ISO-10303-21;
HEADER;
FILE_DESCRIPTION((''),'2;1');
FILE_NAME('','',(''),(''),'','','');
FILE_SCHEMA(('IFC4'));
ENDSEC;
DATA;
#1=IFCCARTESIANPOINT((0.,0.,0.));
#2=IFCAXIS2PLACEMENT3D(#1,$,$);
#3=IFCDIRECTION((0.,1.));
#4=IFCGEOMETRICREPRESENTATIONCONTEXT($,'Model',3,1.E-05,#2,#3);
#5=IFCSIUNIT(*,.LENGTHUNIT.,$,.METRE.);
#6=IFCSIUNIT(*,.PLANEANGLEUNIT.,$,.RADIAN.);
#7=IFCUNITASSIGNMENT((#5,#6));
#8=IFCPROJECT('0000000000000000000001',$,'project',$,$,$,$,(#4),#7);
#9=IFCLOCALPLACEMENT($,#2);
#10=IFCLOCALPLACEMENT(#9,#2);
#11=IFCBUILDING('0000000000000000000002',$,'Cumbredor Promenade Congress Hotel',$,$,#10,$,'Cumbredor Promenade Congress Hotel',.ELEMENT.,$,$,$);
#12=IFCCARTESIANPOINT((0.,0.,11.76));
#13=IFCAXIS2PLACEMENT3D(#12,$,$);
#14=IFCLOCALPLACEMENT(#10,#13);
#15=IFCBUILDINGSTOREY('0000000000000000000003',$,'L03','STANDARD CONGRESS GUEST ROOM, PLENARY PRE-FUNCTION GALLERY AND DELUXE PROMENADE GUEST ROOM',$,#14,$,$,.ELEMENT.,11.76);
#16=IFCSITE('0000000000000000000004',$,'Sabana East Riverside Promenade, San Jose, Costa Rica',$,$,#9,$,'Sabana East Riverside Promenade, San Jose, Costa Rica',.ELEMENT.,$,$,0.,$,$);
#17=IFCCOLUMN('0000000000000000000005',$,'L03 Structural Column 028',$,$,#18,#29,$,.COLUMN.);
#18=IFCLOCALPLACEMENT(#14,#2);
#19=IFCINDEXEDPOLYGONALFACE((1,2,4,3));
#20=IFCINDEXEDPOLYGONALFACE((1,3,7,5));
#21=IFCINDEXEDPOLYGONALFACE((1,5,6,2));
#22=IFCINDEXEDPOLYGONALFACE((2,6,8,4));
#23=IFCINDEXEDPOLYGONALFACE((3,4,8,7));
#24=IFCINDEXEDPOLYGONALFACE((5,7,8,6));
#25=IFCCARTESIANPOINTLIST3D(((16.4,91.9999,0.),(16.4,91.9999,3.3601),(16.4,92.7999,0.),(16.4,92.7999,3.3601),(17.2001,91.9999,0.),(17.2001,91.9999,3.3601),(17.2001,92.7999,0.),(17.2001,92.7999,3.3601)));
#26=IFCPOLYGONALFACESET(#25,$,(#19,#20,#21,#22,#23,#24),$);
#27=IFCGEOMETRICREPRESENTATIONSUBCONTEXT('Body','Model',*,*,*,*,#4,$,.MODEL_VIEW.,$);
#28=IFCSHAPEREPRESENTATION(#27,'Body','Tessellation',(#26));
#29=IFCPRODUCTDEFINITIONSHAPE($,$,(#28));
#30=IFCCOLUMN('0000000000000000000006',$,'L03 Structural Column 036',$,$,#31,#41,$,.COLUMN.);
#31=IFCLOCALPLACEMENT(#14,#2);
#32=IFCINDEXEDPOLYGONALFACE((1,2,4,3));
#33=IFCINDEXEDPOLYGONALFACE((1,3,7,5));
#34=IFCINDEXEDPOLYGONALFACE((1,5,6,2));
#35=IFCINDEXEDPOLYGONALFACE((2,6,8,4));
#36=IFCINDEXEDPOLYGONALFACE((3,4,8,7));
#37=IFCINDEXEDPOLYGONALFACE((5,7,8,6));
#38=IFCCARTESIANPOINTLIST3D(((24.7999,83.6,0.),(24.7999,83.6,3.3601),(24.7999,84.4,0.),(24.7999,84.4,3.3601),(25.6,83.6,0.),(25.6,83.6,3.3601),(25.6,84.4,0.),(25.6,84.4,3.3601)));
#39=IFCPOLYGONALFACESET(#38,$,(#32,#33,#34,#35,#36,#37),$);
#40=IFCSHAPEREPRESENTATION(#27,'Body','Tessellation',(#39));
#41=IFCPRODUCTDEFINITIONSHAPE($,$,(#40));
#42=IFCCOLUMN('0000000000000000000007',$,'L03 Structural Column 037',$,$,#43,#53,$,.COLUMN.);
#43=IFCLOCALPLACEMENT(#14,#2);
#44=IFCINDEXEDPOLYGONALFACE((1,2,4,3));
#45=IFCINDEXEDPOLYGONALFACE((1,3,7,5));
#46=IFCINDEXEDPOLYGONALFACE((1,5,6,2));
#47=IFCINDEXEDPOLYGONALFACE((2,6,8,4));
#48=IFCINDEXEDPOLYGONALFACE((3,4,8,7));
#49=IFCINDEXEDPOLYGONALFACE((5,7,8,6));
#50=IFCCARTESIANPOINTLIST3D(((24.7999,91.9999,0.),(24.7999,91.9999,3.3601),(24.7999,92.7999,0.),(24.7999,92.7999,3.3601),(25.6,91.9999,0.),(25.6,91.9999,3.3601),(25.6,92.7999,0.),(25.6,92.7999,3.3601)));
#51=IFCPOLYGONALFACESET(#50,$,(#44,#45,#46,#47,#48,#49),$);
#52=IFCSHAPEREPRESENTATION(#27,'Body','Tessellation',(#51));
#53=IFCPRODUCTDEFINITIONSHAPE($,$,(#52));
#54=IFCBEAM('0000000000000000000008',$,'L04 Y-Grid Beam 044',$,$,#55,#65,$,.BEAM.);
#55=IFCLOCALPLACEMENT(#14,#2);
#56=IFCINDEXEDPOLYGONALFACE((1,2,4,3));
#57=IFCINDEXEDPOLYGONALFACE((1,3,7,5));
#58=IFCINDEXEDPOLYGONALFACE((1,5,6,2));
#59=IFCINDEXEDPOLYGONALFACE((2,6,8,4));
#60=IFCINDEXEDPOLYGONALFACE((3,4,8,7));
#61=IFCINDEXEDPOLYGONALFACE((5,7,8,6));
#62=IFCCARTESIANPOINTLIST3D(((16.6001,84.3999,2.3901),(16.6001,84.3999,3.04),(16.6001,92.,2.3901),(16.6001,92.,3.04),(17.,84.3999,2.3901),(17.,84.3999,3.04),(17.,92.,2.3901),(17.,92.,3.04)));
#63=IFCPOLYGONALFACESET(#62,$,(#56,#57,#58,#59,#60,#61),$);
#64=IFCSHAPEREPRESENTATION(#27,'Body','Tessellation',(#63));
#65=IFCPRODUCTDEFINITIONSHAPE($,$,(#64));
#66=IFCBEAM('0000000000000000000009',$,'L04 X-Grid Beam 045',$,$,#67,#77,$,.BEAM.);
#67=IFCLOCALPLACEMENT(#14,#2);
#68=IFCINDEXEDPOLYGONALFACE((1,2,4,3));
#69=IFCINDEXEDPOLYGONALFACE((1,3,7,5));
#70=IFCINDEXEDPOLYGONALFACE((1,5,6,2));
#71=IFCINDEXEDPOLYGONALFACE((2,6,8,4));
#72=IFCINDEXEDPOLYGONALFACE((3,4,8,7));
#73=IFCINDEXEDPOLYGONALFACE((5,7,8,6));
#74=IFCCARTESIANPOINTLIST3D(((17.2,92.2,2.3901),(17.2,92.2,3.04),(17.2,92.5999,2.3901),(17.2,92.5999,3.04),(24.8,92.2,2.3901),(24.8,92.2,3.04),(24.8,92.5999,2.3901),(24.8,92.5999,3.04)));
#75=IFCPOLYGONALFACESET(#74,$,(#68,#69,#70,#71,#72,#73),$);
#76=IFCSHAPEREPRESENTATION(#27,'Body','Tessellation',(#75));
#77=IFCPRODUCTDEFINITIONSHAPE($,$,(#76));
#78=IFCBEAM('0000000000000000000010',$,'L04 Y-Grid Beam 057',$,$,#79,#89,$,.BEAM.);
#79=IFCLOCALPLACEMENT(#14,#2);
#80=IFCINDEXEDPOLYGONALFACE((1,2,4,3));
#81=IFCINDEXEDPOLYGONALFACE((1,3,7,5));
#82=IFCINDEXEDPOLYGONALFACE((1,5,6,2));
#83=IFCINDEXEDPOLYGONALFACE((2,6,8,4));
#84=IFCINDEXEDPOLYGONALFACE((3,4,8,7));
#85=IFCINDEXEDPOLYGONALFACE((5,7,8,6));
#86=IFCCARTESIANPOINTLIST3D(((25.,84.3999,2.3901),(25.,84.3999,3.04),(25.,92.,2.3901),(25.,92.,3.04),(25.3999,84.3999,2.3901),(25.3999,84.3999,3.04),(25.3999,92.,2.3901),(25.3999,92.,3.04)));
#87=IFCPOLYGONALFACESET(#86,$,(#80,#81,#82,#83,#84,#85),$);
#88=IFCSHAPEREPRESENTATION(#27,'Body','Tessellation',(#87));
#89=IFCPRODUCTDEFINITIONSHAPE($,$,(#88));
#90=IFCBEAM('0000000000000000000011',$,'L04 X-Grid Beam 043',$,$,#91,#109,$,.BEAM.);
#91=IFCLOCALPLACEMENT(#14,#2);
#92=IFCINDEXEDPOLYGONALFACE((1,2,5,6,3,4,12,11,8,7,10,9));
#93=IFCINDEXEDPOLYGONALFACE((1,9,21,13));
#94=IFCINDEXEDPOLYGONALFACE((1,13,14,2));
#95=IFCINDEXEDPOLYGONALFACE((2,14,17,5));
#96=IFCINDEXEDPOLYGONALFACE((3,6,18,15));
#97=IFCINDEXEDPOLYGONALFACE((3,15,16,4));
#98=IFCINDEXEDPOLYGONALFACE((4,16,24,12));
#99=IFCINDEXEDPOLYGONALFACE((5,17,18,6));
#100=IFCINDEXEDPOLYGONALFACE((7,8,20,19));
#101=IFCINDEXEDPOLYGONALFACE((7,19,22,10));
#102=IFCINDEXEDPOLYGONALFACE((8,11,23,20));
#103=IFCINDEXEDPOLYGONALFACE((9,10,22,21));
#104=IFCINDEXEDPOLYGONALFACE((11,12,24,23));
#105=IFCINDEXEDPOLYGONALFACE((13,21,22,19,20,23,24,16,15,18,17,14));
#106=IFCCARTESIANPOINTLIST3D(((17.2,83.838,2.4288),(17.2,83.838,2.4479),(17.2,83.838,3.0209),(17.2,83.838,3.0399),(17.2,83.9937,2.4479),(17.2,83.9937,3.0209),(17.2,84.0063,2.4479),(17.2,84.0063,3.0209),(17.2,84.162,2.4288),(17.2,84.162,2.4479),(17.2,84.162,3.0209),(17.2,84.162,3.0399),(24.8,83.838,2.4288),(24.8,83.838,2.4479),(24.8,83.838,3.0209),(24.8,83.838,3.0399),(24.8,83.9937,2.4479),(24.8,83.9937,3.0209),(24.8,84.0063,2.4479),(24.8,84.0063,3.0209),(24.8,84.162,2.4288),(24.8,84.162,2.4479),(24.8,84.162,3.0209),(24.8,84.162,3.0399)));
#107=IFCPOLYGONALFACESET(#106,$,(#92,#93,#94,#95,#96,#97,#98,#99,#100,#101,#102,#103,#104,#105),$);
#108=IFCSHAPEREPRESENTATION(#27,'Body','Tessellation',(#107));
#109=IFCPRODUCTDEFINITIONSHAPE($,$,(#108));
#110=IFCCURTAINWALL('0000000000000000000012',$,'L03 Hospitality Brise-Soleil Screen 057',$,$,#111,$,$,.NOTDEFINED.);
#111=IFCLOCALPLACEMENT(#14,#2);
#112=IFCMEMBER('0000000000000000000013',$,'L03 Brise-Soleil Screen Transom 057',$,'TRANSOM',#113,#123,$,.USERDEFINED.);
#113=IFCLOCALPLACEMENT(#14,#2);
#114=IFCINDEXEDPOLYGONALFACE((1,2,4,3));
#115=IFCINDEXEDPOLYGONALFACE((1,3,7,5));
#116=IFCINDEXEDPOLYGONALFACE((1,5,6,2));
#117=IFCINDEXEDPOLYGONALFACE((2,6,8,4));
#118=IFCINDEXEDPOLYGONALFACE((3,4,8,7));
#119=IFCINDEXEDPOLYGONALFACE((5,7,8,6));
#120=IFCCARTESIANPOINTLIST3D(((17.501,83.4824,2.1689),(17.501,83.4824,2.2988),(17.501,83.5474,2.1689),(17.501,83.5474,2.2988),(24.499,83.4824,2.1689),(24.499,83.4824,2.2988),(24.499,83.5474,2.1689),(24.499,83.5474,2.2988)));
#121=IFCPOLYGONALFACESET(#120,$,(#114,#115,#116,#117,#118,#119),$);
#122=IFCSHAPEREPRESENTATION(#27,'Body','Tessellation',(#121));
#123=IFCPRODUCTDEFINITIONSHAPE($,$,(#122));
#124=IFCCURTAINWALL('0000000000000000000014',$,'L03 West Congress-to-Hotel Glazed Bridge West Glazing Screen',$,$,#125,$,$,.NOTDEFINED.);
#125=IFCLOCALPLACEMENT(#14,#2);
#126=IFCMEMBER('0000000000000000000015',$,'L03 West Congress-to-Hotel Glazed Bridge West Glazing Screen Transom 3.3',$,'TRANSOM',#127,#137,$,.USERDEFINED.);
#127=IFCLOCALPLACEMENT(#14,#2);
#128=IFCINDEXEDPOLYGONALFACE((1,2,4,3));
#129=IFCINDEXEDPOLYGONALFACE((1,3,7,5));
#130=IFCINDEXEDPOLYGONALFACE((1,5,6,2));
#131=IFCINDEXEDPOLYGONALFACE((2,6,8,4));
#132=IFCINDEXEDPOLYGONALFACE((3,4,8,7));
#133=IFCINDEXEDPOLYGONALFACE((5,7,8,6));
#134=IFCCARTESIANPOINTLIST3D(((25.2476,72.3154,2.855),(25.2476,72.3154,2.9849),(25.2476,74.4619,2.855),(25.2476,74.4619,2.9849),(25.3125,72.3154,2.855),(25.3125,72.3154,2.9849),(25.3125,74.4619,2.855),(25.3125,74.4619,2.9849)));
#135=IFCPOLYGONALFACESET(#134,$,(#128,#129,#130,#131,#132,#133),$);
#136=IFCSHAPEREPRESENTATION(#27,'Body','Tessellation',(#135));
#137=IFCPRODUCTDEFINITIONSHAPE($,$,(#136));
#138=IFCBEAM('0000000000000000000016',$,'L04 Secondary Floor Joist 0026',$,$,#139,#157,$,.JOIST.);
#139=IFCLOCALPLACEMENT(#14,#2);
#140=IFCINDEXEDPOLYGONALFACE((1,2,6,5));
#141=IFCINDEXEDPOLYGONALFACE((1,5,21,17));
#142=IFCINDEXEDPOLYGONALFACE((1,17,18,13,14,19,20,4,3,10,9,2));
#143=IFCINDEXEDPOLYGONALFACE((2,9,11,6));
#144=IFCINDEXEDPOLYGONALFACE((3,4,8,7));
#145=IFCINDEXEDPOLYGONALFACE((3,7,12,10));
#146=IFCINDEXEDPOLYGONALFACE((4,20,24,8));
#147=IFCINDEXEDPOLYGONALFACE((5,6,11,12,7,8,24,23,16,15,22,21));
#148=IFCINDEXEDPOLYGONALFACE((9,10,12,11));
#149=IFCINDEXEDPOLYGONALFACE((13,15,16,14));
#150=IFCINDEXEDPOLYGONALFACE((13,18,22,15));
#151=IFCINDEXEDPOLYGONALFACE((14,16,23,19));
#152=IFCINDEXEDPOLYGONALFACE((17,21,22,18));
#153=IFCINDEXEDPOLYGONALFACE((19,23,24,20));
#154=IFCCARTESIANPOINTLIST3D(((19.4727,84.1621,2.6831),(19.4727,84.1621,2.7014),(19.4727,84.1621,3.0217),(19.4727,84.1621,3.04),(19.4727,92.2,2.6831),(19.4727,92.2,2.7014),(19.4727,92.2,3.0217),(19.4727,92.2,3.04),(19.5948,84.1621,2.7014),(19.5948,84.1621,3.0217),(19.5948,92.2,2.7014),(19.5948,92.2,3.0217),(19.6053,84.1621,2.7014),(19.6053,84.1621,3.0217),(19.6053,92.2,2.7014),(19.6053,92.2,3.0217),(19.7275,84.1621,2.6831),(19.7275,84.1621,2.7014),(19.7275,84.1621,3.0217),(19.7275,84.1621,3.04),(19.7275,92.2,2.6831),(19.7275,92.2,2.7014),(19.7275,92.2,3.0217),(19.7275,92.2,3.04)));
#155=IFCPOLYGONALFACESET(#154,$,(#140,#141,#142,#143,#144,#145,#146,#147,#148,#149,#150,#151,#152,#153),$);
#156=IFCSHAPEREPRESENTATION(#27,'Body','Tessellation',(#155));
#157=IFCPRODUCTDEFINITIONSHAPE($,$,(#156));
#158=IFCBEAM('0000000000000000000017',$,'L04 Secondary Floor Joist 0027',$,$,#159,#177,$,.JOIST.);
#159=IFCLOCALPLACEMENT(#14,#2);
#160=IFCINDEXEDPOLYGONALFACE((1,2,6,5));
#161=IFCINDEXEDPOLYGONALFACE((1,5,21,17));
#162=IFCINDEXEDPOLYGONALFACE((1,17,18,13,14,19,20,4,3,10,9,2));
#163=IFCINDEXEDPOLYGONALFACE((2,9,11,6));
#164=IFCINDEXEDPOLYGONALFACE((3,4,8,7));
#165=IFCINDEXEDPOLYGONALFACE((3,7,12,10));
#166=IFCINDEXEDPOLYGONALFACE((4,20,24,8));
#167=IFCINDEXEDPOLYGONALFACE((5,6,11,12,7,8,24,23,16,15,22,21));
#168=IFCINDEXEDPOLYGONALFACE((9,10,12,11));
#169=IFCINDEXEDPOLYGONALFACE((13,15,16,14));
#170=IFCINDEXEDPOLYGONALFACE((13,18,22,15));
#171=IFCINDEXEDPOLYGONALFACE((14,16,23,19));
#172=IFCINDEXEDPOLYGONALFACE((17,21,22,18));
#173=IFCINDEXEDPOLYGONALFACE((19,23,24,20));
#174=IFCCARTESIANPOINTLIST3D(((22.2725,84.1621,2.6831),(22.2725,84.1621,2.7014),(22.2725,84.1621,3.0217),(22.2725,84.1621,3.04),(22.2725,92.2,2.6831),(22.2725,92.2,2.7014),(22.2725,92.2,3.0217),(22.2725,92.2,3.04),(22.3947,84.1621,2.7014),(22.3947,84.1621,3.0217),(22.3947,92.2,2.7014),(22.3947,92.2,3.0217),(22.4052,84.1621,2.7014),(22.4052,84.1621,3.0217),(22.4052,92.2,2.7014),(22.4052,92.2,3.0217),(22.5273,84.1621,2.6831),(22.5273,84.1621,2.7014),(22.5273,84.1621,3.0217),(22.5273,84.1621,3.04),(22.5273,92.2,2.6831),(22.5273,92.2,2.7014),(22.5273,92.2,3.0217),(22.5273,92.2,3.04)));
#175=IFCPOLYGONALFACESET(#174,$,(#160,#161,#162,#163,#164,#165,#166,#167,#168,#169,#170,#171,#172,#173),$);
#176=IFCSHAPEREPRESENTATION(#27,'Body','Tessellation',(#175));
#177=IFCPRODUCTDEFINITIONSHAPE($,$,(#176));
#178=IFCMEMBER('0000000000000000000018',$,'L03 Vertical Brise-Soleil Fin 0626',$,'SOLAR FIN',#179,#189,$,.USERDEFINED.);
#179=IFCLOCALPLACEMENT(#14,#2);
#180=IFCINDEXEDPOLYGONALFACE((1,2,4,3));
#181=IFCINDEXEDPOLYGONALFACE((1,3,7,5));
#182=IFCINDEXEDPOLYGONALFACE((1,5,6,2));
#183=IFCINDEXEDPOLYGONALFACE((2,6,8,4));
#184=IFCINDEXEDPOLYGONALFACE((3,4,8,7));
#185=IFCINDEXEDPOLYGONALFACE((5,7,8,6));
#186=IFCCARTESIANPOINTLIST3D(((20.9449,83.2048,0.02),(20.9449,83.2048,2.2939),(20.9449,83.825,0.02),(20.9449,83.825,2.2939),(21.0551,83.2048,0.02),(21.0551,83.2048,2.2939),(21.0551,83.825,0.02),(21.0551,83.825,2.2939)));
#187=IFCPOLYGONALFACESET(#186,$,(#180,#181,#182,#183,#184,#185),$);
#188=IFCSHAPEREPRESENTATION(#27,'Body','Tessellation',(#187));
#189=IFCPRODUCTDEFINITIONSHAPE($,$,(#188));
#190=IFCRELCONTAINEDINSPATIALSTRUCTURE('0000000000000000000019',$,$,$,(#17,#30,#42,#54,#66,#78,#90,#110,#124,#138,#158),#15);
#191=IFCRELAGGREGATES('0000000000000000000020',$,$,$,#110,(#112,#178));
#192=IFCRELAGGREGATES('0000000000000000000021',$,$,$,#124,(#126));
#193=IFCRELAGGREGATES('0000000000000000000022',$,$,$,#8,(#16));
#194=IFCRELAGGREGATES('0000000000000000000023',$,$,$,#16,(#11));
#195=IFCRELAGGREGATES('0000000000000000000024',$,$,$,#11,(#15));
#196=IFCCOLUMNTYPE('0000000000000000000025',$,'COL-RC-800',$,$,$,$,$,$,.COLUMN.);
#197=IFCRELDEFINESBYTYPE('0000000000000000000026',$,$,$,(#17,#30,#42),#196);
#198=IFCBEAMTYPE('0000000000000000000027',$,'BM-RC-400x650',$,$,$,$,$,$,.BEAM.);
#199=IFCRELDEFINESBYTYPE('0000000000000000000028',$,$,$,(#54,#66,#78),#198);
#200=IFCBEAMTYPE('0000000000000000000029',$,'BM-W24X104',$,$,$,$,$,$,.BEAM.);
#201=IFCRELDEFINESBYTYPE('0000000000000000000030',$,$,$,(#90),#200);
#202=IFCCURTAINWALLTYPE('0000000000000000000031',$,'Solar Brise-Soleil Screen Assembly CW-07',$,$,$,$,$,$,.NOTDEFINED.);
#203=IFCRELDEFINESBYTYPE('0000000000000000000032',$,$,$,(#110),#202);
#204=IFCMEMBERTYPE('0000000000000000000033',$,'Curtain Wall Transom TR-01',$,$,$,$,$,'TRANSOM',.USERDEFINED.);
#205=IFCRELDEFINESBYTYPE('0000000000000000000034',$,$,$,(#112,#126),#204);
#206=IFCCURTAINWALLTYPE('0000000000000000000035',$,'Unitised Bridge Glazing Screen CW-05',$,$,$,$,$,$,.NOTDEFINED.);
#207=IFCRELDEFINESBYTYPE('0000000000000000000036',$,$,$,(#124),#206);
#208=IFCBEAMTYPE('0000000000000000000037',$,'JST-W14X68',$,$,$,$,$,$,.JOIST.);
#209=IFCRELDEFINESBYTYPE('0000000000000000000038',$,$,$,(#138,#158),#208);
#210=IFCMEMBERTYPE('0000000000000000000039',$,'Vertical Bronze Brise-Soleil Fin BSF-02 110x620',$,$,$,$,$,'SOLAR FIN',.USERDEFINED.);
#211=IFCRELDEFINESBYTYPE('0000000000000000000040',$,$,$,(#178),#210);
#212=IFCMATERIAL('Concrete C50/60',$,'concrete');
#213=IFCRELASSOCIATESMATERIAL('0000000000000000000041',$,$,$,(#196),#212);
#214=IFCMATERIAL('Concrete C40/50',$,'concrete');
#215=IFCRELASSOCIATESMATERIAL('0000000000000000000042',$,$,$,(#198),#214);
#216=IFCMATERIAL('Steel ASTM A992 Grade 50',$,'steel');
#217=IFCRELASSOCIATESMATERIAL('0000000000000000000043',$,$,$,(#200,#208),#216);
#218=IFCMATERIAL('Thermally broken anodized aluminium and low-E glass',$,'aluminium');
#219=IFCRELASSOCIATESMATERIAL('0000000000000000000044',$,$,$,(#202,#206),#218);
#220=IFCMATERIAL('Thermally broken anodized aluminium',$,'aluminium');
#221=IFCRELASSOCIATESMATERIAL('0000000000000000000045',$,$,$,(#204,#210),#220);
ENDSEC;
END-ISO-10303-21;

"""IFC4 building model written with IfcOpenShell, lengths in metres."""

from ifc_helpers import new_model, si_unit, direction, frame, origin, origin_2d, place, context, subcontext, project, spatial, rectangle, i_section, extrude, material, material_profile, profile_set, type_object, element, aggregate, save


model = new_model("IFC4")

# Units and contexts
model_context = context("Model", 3, precision=1e-05, world=origin(), true_north=direction((0.0, 1.0)))
body_context = subcontext(model_context, "Body", "Model", "MODEL_VIEW")
ifc_project = project(units=[si_unit("LENGTHUNIT", "METRE"), si_unit("PLANEANGLEUNIT", "RADIAN")], contexts=[model_context])

# Site, building, storey
site_placement = place(None, origin())
site = spatial("IfcSite", under=ifc_project, at=site_placement, Name="Sabana East Riverside Promenade, San Jose, Costa Rica", LongName="Sabana East Riverside Promenade, San Jose, Costa Rica", CompositionType="ELEMENT", RefElevation=0.0)
building_placement = place(site_placement, origin())
building = spatial("IfcBuilding", under=site, at=building_placement, Name="Cumbredor Promenade Congress Hotel", LongName="Cumbredor Promenade Congress Hotel", CompositionType="ELEMENT")
storey_placement = place(building_placement, frame((0.0, 0.0, 11.76)))
storey = spatial("IfcBuildingStorey", under=building, at=storey_placement, Name="L03", Description="STANDARD CONGRESS GUEST ROOM, PLENARY PRE-FUNCTION GALLERY AND DELUXE PROMENADE GUEST ROOM", CompositionType="ELEMENT", Elevation=11.76)

# Columns
ifc_material_1 = material(Name="Concrete C50/60", Category="concrete")
ifc_material_profile_1 = material_profile(ifc_material_1, rectangle(XDim=0.8, YDim=0.8, at=origin_2d()), Name="RC 800x800")
ifc_profile_set_1 = profile_set([ifc_material_profile_1], Name="Concrete C50/60")
column_type = type_object("IfcColumnType", Name="COL-RC-800", PredefinedType="COLUMN", material=ifc_profile_set_1)
for number, where, z_axis, x_axis, name in (
    (1, (16.8, 92.3999, 0.0), (0.0, 0.0, 1.0), (1.0, 0.0, 0.0), "L03 Structural Column 028"),
    (2, (25.2, 84.0, 0.0), (0.0, 0.0, 1.0), (1.0, 0.0, 0.0), "L03 Structural Column 036"),
    (3, (25.2, 92.3999, 0.0), (0.0, 0.0, 1.0), (1.0, 0.0, 0.0), "L03 Structural Column 037"),
):
    element("IfcColumn", number, at=place(storey_placement, frame(where, z_axis=z_axis, x_axis=x_axis)), inside=storey, type_object=column_type, Name=name, PredefinedType="COLUMN", context=body_context, shape_type="SweptSolid", body=[
        extrude(rectangle(XDim=0.8, YDim=0.8, at=origin_2d()), origin(), (0.0, 0.0, 1.0), 3.3601),
    ])

# Beams
ifc_material_2 = material(Name="Concrete C40/50", Category="concrete")
ifc_material_profile_2 = material_profile(ifc_material_2, rectangle(XDim=0.3999, YDim=0.6499, at=origin_2d()), Name="RC BEAM 400x650")
ifc_profile_set_2 = profile_set([ifc_material_profile_2], Name="Concrete C40/50")
beam_type_1 = type_object("IfcBeamType", Name="BM-RC-400x650", PredefinedType="BEAM", material=ifc_profile_set_2)
for number, where, z_axis, x_axis, name in (
    (4, (16.8, 84.3999, 2.7151), (0.0, 1.0, 0.0), (-1.0, 0.0, 0.0), "L04 Y-Grid Beam 044"),
    (5, (17.2, 92.3999, 2.7151), (1.0, 0.0, 0.0), (0.0, 1.0, 0.0), "L04 X-Grid Beam 045"),
    (6, (25.2, 84.3999, 2.7151), (0.0, 1.0, 0.0), (-1.0, 0.0, 0.0), "L04 Y-Grid Beam 057"),
):
    element("IfcBeam", number, at=place(storey_placement, frame(where, z_axis=z_axis, x_axis=x_axis)), inside=storey, type_object=beam_type_1, Name=name, PredefinedType="BEAM", context=body_context, shape_type="SweptSolid", body=[
        extrude(rectangle(XDim=0.3999, YDim=0.6499, at=origin_2d()), origin(), (0.0, 0.0, 1.0), 7.6001),
    ])
ifc_material_3 = material(Name="Steel ASTM A992 Grade 50", Category="steel")
ifc_material_profile_3 = material_profile(ifc_material_3, i_section(OverallWidth=0.324, OverallDepth=0.6111, WebThickness=0.0127, FlangeThickness=0.019, at=origin_2d()), Name="W24X104")
ifc_profile_set_3 = profile_set([ifc_material_profile_3], Name="Steel ASTM A992 Grade 50")
beam_type_2 = type_object("IfcBeamType", Name="BM-W24X104", PredefinedType="BEAM", material=ifc_profile_set_3)
beam_placement = place(storey_placement, frame((17.2, 84.0, 2.7344), z_axis=(1.0, 0.0, 0.0), x_axis=(0.0, 1.0, 0.0)))
element("IfcBeam", 7, at=beam_placement, inside=storey, type_object=beam_type_2, Name="L04 X-Grid Beam 043", PredefinedType="BEAM", context=body_context, shape_type="SweptSolid", body=[
    extrude(i_section(OverallWidth=0.324, OverallDepth=0.6111, WebThickness=0.0127, FlangeThickness=0.019, at=origin_2d()), origin(), (0.0, 0.0, 1.0), 7.6001),
])

# Curtain walls, members
ifc_material_4 = material(Name="Thermally broken anodized aluminium and low-E glass", Category="aluminium")
curtain_wall_type_1 = type_object("IfcCurtainWallType", Name="Solar Brise-Soleil Screen Assembly CW-07", PredefinedType="NOTDEFINED", material=ifc_material_4)
curtain_wall_1_placement = place(storey_placement, origin())
curtain_wall_1 = element("IfcCurtainWall", 8, at=curtain_wall_1_placement, inside=storey, type_object=curtain_wall_type_1, Name="L03 Hospitality Brise-Soleil Screen 057", PredefinedType="NOTDEFINED")
ifc_material_5 = material(Name="Thermally broken anodized aluminium", Category="aluminium")
ifc_material_profile_4 = material_profile(ifc_material_5, rectangle(XDim=0.0649, YDim=0.1299, at=origin_2d()), Name="ALU TRANSOM 65x130")
ifc_profile_set_4 = profile_set([ifc_material_profile_4], Name="Thermally broken anodized aluminium")
member_type_1 = type_object("IfcMemberType", Name="Curtain Wall Transom TR-01", ElementType="TRANSOM", PredefinedType="USERDEFINED", material=ifc_profile_set_4)
member_1_placement = place(storey_placement, frame((17.501, 83.5149, 2.2339), z_axis=(1.0, 0.0, 0.0), x_axis=(0.0, 1.0, 0.0)))
member_1 = element("IfcMember", 9, at=member_1_placement, type_object=member_type_1, Name="L03 Brise-Soleil Screen Transom 057", ObjectType="TRANSOM", PredefinedType="USERDEFINED", context=body_context, shape_type="SweptSolid", body=[
    extrude(rectangle(XDim=0.0649, YDim=0.1299, at=origin_2d()), origin(), (0.0, 0.0, 1.0), 6.998),
])
curtain_wall_type_2 = type_object("IfcCurtainWallType", Name="Unitised Bridge Glazing Screen CW-05", PredefinedType="NOTDEFINED", material=ifc_material_4)
curtain_wall_2_placement = place(storey_placement, origin())
curtain_wall_2 = element("IfcCurtainWall", 10, at=curtain_wall_2_placement, inside=storey, type_object=curtain_wall_type_2, Name="L03 West Congress-to-Hotel Glazed Bridge West Glazing Screen", PredefinedType="NOTDEFINED")
member_2_placement = place(storey_placement, frame((25.28, 72.3154, 2.9199), z_axis=(0.0, 1.0, 0.0), x_axis=(-1.0, 0.0, 0.0)))
member_2 = element("IfcMember", 11, at=member_2_placement, type_object=member_type_1, Name="L03 West Congress-to-Hotel Glazed Bridge West Glazing Screen Transom 3.3", ObjectType="TRANSOM", PredefinedType="USERDEFINED", context=body_context, shape_type="SweptSolid", body=[
    extrude(rectangle(XDim=0.0649, YDim=0.1299, at=origin_2d()), origin(), (0.0, 0.0, 1.0), 2.1465),
])

# Beams
ifc_material_profile_5 = material_profile(ifc_material_3, i_section(OverallWidth=0.2549, OverallDepth=0.3569, WebThickness=0.0105, FlangeThickness=0.0183, at=origin_2d()), Name="W14X68")
ifc_profile_set_5 = profile_set([ifc_material_profile_5], Name="Steel ASTM A992 Grade 50")
beam_type_3 = type_object("IfcBeamType", Name="JST-W14X68", PredefinedType="JOIST", material=ifc_profile_set_5)
for number, where, z_axis, x_axis, name in (
    (12, (19.6001, 84.1621, 2.8616), (0.0, 1.0, 0.0), (-1.0, 0.0, 0.0), "L04 Secondary Floor Joist 0026"),
    (13, (22.3999, 84.1621, 2.8616), (0.0, 1.0, 0.0), (-1.0, 0.0, 0.0), "L04 Secondary Floor Joist 0027"),
):
    element("IfcBeam", number, at=place(storey_placement, frame(where, z_axis=z_axis, x_axis=x_axis)), inside=storey, type_object=beam_type_3, Name=name, PredefinedType="JOIST", context=body_context, shape_type="SweptSolid", body=[
        extrude(i_section(OverallWidth=0.2549, OverallDepth=0.3569, WebThickness=0.0105, FlangeThickness=0.0183, at=origin_2d()), origin(), (0.0, 0.0, 1.0), 8.0378),
    ])

# Member
ifc_material_profile_6 = material_profile(ifc_material_5, rectangle(XDim=0.1101, YDim=0.6201, at=origin_2d()), Name="ARCH FIN 110x620")
ifc_profile_set_6 = profile_set([ifc_material_profile_6], Name="Thermally broken anodized aluminium")
member_type_2 = type_object("IfcMemberType", Name="Vertical Bronze Brise-Soleil Fin BSF-02 110x620", ElementType="SOLAR FIN", PredefinedType="USERDEFINED", material=ifc_profile_set_6)
member_3_placement = place(storey_placement, frame((21.0, 83.5149, 0.02), z_axis=(0.0, 0.0, 1.0), x_axis=(1.0, 0.0, 0.0)))
member_3 = element("IfcMember", 14, at=member_3_placement, type_object=member_type_2, Name="L03 Vertical Brise-Soleil Fin 0626", ObjectType="SOLAR FIN", PredefinedType="USERDEFINED", context=body_context, shape_type="SweptSolid", body=[
    extrude(rectangle(XDim=0.1101, YDim=0.6201, at=origin_2d()), origin(), (0.0, 0.0, 1.0), 2.2739),
])

aggregate(curtain_wall_1, [member_1, member_3])
aggregate(curtain_wall_2, [member_2])

save(model, "model.ifc")
